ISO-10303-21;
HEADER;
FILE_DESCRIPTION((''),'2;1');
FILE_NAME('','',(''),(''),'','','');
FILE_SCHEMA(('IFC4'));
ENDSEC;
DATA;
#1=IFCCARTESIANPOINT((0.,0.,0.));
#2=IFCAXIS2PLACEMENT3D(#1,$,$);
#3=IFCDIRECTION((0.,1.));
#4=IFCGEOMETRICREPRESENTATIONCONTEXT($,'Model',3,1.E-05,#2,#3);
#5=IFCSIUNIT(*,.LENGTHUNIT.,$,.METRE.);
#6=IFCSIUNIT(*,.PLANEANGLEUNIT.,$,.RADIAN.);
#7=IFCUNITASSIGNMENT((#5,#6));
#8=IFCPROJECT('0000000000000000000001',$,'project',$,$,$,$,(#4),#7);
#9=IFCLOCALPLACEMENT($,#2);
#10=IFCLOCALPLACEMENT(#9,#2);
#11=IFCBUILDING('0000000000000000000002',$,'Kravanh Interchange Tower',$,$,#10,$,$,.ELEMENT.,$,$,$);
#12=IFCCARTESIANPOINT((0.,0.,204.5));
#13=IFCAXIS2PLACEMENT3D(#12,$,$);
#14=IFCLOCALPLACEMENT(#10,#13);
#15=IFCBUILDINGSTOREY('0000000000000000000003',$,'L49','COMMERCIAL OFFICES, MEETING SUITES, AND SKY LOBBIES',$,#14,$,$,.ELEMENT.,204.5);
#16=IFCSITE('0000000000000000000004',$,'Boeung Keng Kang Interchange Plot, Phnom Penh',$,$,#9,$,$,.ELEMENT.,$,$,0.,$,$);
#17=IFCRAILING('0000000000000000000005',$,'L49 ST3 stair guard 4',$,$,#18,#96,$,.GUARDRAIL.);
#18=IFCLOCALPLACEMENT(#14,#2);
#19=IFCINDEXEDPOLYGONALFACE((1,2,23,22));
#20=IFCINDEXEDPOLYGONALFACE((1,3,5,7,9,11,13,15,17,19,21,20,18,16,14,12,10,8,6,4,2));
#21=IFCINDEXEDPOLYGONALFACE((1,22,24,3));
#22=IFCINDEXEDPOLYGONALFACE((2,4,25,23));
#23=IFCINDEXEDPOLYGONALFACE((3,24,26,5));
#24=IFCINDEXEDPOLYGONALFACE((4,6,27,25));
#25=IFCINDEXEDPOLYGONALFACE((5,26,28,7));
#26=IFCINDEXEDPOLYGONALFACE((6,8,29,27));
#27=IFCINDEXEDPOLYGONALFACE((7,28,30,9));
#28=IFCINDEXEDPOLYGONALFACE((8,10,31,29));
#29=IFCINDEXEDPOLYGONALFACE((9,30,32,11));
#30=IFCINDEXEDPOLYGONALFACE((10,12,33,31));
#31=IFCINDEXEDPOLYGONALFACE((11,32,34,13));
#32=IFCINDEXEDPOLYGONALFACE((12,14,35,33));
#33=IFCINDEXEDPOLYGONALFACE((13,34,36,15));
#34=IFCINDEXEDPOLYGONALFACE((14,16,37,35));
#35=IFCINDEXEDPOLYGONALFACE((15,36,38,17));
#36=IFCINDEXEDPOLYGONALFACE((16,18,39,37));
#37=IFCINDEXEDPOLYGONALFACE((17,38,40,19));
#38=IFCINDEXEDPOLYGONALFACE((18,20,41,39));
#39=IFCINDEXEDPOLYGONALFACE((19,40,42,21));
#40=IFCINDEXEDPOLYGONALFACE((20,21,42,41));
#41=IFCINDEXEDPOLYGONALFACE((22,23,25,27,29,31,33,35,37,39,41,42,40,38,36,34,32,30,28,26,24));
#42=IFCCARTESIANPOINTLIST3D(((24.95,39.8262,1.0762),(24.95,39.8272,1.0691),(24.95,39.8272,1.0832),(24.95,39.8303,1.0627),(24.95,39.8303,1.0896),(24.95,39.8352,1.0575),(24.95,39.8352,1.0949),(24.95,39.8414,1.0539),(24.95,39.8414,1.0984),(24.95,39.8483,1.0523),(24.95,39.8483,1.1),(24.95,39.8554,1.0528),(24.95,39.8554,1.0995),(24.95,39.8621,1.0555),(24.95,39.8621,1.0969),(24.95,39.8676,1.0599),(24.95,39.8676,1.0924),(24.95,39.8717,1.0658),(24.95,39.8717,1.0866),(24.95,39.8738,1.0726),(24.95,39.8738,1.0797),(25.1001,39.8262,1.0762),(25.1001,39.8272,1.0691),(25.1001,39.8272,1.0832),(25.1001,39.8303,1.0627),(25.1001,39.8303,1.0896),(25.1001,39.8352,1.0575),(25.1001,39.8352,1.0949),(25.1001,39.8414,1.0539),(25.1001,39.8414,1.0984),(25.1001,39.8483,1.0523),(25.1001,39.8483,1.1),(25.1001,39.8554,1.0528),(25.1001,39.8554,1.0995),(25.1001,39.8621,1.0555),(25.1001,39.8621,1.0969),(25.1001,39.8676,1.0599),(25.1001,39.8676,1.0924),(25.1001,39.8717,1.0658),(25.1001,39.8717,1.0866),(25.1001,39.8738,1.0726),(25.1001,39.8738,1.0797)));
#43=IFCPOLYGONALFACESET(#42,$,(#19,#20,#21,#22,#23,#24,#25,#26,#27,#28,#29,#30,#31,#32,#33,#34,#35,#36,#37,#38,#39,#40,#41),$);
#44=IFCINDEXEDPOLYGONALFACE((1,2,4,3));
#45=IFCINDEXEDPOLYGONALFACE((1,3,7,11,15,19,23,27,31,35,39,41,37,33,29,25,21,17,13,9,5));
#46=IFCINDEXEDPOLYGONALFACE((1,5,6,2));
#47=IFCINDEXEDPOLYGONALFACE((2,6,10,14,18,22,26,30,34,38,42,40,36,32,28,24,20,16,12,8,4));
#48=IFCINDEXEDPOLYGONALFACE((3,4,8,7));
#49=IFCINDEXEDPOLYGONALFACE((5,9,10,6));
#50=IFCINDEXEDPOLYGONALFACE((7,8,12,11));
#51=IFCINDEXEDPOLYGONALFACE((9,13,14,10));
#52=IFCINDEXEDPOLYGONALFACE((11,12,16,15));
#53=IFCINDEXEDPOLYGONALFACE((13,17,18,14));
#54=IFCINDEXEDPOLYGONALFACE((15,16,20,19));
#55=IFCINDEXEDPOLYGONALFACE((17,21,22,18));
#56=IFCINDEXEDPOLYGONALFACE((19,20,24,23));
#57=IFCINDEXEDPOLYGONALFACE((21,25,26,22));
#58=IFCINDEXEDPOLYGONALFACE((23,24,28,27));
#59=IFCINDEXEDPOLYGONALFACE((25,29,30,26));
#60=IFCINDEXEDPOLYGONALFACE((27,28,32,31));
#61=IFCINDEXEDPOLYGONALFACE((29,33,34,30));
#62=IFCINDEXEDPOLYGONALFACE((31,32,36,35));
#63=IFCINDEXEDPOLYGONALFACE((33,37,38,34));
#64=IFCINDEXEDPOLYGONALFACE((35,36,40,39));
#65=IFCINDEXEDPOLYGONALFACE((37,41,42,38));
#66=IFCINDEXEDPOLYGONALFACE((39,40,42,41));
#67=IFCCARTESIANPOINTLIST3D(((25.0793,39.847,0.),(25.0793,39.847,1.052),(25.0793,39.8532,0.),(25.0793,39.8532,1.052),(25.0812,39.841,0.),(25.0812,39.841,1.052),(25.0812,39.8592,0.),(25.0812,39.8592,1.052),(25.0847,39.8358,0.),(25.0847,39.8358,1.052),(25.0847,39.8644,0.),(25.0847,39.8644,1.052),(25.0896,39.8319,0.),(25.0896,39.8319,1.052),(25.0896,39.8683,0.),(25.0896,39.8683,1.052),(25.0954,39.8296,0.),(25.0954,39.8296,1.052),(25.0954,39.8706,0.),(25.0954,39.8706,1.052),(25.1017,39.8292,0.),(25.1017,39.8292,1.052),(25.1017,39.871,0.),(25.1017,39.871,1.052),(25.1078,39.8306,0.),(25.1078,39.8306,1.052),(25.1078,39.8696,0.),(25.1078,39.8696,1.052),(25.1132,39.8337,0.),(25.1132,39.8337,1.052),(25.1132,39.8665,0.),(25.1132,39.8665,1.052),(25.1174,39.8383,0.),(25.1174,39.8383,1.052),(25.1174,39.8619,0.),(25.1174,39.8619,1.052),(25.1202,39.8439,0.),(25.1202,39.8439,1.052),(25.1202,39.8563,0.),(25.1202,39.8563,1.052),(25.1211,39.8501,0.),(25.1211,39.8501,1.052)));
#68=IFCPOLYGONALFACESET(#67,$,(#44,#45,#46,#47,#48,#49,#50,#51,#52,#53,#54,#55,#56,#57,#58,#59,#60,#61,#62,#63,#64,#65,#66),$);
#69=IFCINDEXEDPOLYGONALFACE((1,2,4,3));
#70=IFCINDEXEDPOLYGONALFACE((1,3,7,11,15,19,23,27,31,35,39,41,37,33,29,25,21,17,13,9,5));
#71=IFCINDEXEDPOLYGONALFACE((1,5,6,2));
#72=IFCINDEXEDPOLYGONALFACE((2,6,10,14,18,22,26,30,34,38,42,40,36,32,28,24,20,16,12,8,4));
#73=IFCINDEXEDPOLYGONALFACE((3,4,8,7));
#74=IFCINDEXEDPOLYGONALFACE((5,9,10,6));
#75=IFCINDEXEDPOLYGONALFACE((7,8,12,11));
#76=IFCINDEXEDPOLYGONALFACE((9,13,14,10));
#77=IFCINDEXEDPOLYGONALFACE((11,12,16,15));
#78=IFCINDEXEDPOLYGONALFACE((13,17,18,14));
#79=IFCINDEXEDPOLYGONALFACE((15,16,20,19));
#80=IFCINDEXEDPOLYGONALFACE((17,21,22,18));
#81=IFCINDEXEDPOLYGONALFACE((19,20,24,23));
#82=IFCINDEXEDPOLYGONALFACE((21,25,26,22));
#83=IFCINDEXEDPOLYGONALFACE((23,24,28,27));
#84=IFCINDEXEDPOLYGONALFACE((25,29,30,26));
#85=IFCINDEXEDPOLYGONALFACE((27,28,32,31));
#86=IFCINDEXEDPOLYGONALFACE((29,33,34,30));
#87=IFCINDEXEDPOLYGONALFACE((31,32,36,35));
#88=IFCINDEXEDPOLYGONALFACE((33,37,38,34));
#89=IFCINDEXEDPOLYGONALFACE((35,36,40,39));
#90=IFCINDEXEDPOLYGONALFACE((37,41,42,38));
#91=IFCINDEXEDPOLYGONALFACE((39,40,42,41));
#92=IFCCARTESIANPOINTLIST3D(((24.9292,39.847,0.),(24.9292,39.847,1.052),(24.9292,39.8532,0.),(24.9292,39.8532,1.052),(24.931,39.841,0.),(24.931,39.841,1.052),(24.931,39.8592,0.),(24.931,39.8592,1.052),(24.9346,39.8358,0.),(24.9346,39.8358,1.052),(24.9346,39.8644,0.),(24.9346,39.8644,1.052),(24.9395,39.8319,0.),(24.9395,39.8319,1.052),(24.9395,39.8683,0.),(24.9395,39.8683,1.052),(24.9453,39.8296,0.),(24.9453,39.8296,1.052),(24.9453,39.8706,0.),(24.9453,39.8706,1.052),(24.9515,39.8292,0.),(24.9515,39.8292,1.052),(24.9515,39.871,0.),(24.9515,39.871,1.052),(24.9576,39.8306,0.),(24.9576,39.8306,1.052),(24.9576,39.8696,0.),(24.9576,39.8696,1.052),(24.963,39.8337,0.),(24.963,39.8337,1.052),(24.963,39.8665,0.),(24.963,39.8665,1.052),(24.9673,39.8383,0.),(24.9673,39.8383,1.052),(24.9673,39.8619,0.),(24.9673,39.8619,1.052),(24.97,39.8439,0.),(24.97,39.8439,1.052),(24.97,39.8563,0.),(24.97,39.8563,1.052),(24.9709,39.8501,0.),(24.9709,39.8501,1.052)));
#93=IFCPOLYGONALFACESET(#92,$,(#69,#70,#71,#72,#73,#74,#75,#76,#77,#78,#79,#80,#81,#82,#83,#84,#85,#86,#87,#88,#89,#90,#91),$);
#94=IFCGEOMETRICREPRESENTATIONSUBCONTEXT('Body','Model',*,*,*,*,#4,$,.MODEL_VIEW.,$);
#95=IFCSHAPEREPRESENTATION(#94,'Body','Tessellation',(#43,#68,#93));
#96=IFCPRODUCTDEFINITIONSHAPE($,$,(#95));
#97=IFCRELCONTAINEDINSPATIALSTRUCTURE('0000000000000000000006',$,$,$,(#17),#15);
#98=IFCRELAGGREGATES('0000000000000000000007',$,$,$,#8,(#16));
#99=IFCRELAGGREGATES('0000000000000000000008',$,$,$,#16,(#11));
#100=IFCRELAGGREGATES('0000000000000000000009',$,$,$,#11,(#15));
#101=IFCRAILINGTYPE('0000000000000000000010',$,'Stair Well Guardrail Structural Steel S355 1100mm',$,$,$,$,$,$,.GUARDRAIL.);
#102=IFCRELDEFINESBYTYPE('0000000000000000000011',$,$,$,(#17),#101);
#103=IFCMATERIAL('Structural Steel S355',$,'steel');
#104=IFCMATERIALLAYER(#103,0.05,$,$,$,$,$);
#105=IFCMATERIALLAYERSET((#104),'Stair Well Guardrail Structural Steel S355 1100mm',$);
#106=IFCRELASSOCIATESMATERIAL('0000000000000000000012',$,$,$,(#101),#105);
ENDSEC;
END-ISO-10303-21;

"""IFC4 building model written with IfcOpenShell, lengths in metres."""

from ifc_helpers import new_model, si_unit, direction, frame, origin, origin_2d, place, context, subcontext, project, spatial, circle, extrude, material, layer, layer_set, type_object, element, save


model = new_model("IFC4")

# Units and contexts
model_context = context("Model", 3, precision=1e-05, world=origin(), true_north=direction((0.0, 1.0)))
body_context = subcontext(model_context, "Body", "Model", "MODEL_VIEW")
ifc_project = project(units=[si_unit("LENGTHUNIT", "METRE"), si_unit("PLANEANGLEUNIT", "RADIAN")], contexts=[model_context])

# Site, building, storey
site_placement = place(None, origin())
site = spatial("IfcSite", under=ifc_project, at=site_placement, Name="Boeung Keng Kang Interchange Plot, Phnom Penh", CompositionType="ELEMENT", RefElevation=0.0)
building_placement = place(site_placement, origin())
building = spatial("IfcBuilding", under=site, at=building_placement, Name="Kravanh Interchange Tower", CompositionType="ELEMENT")
storey_placement = place(building_placement, frame((0.0, 0.0, 204.5)))
storey = spatial("IfcBuildingStorey", under=building, at=storey_placement, Name="L49", Description="COMMERCIAL OFFICES, MEETING SUITES, AND SKY LOBBIES", CompositionType="ELEMENT", Elevation=204.5)

# Railing
ifc_material_1 = material(Name="Structural Steel S355", Category="steel")
ifc_layer_1 = layer(ifc_material_1, 0.05)
ifc_layer_set_1 = layer_set([ifc_layer_1], Name="Stair Well Guardrail Structural Steel S355 1100mm")
railing_type_1 = type_object("IfcRailingType", Name="Stair Well Guardrail Structural Steel S355 1100mm", PredefinedType="GUARDRAIL", material=ifc_layer_set_1)
railing_1_placement = place(storey_placement, frame((25.1001, 39.8501, 0.0)))
element("IfcRailing", 1, at=railing_1_placement, inside=storey, type_object=railing_type_1, Name="L49 ST3 stair guard 4", PredefinedType="GUARDRAIL", context=body_context, shape_type="SweptSolid", body=[
    extrude(circle(Radius=0.0239, at=origin_2d()), frame((0.0, 0.0, 1.0762), z_axis=(-1.0, 0.0, 0.0), x_axis=(0.0, -1.0, 0.0)), (0.0, 0.0, 1.0), 0.1501),
    extrude(circle(Radius=0.021, at=origin_2d()), origin(), (0.0, 0.0, 1.0), 1.052),
    extrude(circle(Radius=0.021, at=origin_2d()), frame((-0.1501, 0.0, 0.0)), (0.0, 0.0, 1.0), 1.052),
])

save(model, "model.ifc")
